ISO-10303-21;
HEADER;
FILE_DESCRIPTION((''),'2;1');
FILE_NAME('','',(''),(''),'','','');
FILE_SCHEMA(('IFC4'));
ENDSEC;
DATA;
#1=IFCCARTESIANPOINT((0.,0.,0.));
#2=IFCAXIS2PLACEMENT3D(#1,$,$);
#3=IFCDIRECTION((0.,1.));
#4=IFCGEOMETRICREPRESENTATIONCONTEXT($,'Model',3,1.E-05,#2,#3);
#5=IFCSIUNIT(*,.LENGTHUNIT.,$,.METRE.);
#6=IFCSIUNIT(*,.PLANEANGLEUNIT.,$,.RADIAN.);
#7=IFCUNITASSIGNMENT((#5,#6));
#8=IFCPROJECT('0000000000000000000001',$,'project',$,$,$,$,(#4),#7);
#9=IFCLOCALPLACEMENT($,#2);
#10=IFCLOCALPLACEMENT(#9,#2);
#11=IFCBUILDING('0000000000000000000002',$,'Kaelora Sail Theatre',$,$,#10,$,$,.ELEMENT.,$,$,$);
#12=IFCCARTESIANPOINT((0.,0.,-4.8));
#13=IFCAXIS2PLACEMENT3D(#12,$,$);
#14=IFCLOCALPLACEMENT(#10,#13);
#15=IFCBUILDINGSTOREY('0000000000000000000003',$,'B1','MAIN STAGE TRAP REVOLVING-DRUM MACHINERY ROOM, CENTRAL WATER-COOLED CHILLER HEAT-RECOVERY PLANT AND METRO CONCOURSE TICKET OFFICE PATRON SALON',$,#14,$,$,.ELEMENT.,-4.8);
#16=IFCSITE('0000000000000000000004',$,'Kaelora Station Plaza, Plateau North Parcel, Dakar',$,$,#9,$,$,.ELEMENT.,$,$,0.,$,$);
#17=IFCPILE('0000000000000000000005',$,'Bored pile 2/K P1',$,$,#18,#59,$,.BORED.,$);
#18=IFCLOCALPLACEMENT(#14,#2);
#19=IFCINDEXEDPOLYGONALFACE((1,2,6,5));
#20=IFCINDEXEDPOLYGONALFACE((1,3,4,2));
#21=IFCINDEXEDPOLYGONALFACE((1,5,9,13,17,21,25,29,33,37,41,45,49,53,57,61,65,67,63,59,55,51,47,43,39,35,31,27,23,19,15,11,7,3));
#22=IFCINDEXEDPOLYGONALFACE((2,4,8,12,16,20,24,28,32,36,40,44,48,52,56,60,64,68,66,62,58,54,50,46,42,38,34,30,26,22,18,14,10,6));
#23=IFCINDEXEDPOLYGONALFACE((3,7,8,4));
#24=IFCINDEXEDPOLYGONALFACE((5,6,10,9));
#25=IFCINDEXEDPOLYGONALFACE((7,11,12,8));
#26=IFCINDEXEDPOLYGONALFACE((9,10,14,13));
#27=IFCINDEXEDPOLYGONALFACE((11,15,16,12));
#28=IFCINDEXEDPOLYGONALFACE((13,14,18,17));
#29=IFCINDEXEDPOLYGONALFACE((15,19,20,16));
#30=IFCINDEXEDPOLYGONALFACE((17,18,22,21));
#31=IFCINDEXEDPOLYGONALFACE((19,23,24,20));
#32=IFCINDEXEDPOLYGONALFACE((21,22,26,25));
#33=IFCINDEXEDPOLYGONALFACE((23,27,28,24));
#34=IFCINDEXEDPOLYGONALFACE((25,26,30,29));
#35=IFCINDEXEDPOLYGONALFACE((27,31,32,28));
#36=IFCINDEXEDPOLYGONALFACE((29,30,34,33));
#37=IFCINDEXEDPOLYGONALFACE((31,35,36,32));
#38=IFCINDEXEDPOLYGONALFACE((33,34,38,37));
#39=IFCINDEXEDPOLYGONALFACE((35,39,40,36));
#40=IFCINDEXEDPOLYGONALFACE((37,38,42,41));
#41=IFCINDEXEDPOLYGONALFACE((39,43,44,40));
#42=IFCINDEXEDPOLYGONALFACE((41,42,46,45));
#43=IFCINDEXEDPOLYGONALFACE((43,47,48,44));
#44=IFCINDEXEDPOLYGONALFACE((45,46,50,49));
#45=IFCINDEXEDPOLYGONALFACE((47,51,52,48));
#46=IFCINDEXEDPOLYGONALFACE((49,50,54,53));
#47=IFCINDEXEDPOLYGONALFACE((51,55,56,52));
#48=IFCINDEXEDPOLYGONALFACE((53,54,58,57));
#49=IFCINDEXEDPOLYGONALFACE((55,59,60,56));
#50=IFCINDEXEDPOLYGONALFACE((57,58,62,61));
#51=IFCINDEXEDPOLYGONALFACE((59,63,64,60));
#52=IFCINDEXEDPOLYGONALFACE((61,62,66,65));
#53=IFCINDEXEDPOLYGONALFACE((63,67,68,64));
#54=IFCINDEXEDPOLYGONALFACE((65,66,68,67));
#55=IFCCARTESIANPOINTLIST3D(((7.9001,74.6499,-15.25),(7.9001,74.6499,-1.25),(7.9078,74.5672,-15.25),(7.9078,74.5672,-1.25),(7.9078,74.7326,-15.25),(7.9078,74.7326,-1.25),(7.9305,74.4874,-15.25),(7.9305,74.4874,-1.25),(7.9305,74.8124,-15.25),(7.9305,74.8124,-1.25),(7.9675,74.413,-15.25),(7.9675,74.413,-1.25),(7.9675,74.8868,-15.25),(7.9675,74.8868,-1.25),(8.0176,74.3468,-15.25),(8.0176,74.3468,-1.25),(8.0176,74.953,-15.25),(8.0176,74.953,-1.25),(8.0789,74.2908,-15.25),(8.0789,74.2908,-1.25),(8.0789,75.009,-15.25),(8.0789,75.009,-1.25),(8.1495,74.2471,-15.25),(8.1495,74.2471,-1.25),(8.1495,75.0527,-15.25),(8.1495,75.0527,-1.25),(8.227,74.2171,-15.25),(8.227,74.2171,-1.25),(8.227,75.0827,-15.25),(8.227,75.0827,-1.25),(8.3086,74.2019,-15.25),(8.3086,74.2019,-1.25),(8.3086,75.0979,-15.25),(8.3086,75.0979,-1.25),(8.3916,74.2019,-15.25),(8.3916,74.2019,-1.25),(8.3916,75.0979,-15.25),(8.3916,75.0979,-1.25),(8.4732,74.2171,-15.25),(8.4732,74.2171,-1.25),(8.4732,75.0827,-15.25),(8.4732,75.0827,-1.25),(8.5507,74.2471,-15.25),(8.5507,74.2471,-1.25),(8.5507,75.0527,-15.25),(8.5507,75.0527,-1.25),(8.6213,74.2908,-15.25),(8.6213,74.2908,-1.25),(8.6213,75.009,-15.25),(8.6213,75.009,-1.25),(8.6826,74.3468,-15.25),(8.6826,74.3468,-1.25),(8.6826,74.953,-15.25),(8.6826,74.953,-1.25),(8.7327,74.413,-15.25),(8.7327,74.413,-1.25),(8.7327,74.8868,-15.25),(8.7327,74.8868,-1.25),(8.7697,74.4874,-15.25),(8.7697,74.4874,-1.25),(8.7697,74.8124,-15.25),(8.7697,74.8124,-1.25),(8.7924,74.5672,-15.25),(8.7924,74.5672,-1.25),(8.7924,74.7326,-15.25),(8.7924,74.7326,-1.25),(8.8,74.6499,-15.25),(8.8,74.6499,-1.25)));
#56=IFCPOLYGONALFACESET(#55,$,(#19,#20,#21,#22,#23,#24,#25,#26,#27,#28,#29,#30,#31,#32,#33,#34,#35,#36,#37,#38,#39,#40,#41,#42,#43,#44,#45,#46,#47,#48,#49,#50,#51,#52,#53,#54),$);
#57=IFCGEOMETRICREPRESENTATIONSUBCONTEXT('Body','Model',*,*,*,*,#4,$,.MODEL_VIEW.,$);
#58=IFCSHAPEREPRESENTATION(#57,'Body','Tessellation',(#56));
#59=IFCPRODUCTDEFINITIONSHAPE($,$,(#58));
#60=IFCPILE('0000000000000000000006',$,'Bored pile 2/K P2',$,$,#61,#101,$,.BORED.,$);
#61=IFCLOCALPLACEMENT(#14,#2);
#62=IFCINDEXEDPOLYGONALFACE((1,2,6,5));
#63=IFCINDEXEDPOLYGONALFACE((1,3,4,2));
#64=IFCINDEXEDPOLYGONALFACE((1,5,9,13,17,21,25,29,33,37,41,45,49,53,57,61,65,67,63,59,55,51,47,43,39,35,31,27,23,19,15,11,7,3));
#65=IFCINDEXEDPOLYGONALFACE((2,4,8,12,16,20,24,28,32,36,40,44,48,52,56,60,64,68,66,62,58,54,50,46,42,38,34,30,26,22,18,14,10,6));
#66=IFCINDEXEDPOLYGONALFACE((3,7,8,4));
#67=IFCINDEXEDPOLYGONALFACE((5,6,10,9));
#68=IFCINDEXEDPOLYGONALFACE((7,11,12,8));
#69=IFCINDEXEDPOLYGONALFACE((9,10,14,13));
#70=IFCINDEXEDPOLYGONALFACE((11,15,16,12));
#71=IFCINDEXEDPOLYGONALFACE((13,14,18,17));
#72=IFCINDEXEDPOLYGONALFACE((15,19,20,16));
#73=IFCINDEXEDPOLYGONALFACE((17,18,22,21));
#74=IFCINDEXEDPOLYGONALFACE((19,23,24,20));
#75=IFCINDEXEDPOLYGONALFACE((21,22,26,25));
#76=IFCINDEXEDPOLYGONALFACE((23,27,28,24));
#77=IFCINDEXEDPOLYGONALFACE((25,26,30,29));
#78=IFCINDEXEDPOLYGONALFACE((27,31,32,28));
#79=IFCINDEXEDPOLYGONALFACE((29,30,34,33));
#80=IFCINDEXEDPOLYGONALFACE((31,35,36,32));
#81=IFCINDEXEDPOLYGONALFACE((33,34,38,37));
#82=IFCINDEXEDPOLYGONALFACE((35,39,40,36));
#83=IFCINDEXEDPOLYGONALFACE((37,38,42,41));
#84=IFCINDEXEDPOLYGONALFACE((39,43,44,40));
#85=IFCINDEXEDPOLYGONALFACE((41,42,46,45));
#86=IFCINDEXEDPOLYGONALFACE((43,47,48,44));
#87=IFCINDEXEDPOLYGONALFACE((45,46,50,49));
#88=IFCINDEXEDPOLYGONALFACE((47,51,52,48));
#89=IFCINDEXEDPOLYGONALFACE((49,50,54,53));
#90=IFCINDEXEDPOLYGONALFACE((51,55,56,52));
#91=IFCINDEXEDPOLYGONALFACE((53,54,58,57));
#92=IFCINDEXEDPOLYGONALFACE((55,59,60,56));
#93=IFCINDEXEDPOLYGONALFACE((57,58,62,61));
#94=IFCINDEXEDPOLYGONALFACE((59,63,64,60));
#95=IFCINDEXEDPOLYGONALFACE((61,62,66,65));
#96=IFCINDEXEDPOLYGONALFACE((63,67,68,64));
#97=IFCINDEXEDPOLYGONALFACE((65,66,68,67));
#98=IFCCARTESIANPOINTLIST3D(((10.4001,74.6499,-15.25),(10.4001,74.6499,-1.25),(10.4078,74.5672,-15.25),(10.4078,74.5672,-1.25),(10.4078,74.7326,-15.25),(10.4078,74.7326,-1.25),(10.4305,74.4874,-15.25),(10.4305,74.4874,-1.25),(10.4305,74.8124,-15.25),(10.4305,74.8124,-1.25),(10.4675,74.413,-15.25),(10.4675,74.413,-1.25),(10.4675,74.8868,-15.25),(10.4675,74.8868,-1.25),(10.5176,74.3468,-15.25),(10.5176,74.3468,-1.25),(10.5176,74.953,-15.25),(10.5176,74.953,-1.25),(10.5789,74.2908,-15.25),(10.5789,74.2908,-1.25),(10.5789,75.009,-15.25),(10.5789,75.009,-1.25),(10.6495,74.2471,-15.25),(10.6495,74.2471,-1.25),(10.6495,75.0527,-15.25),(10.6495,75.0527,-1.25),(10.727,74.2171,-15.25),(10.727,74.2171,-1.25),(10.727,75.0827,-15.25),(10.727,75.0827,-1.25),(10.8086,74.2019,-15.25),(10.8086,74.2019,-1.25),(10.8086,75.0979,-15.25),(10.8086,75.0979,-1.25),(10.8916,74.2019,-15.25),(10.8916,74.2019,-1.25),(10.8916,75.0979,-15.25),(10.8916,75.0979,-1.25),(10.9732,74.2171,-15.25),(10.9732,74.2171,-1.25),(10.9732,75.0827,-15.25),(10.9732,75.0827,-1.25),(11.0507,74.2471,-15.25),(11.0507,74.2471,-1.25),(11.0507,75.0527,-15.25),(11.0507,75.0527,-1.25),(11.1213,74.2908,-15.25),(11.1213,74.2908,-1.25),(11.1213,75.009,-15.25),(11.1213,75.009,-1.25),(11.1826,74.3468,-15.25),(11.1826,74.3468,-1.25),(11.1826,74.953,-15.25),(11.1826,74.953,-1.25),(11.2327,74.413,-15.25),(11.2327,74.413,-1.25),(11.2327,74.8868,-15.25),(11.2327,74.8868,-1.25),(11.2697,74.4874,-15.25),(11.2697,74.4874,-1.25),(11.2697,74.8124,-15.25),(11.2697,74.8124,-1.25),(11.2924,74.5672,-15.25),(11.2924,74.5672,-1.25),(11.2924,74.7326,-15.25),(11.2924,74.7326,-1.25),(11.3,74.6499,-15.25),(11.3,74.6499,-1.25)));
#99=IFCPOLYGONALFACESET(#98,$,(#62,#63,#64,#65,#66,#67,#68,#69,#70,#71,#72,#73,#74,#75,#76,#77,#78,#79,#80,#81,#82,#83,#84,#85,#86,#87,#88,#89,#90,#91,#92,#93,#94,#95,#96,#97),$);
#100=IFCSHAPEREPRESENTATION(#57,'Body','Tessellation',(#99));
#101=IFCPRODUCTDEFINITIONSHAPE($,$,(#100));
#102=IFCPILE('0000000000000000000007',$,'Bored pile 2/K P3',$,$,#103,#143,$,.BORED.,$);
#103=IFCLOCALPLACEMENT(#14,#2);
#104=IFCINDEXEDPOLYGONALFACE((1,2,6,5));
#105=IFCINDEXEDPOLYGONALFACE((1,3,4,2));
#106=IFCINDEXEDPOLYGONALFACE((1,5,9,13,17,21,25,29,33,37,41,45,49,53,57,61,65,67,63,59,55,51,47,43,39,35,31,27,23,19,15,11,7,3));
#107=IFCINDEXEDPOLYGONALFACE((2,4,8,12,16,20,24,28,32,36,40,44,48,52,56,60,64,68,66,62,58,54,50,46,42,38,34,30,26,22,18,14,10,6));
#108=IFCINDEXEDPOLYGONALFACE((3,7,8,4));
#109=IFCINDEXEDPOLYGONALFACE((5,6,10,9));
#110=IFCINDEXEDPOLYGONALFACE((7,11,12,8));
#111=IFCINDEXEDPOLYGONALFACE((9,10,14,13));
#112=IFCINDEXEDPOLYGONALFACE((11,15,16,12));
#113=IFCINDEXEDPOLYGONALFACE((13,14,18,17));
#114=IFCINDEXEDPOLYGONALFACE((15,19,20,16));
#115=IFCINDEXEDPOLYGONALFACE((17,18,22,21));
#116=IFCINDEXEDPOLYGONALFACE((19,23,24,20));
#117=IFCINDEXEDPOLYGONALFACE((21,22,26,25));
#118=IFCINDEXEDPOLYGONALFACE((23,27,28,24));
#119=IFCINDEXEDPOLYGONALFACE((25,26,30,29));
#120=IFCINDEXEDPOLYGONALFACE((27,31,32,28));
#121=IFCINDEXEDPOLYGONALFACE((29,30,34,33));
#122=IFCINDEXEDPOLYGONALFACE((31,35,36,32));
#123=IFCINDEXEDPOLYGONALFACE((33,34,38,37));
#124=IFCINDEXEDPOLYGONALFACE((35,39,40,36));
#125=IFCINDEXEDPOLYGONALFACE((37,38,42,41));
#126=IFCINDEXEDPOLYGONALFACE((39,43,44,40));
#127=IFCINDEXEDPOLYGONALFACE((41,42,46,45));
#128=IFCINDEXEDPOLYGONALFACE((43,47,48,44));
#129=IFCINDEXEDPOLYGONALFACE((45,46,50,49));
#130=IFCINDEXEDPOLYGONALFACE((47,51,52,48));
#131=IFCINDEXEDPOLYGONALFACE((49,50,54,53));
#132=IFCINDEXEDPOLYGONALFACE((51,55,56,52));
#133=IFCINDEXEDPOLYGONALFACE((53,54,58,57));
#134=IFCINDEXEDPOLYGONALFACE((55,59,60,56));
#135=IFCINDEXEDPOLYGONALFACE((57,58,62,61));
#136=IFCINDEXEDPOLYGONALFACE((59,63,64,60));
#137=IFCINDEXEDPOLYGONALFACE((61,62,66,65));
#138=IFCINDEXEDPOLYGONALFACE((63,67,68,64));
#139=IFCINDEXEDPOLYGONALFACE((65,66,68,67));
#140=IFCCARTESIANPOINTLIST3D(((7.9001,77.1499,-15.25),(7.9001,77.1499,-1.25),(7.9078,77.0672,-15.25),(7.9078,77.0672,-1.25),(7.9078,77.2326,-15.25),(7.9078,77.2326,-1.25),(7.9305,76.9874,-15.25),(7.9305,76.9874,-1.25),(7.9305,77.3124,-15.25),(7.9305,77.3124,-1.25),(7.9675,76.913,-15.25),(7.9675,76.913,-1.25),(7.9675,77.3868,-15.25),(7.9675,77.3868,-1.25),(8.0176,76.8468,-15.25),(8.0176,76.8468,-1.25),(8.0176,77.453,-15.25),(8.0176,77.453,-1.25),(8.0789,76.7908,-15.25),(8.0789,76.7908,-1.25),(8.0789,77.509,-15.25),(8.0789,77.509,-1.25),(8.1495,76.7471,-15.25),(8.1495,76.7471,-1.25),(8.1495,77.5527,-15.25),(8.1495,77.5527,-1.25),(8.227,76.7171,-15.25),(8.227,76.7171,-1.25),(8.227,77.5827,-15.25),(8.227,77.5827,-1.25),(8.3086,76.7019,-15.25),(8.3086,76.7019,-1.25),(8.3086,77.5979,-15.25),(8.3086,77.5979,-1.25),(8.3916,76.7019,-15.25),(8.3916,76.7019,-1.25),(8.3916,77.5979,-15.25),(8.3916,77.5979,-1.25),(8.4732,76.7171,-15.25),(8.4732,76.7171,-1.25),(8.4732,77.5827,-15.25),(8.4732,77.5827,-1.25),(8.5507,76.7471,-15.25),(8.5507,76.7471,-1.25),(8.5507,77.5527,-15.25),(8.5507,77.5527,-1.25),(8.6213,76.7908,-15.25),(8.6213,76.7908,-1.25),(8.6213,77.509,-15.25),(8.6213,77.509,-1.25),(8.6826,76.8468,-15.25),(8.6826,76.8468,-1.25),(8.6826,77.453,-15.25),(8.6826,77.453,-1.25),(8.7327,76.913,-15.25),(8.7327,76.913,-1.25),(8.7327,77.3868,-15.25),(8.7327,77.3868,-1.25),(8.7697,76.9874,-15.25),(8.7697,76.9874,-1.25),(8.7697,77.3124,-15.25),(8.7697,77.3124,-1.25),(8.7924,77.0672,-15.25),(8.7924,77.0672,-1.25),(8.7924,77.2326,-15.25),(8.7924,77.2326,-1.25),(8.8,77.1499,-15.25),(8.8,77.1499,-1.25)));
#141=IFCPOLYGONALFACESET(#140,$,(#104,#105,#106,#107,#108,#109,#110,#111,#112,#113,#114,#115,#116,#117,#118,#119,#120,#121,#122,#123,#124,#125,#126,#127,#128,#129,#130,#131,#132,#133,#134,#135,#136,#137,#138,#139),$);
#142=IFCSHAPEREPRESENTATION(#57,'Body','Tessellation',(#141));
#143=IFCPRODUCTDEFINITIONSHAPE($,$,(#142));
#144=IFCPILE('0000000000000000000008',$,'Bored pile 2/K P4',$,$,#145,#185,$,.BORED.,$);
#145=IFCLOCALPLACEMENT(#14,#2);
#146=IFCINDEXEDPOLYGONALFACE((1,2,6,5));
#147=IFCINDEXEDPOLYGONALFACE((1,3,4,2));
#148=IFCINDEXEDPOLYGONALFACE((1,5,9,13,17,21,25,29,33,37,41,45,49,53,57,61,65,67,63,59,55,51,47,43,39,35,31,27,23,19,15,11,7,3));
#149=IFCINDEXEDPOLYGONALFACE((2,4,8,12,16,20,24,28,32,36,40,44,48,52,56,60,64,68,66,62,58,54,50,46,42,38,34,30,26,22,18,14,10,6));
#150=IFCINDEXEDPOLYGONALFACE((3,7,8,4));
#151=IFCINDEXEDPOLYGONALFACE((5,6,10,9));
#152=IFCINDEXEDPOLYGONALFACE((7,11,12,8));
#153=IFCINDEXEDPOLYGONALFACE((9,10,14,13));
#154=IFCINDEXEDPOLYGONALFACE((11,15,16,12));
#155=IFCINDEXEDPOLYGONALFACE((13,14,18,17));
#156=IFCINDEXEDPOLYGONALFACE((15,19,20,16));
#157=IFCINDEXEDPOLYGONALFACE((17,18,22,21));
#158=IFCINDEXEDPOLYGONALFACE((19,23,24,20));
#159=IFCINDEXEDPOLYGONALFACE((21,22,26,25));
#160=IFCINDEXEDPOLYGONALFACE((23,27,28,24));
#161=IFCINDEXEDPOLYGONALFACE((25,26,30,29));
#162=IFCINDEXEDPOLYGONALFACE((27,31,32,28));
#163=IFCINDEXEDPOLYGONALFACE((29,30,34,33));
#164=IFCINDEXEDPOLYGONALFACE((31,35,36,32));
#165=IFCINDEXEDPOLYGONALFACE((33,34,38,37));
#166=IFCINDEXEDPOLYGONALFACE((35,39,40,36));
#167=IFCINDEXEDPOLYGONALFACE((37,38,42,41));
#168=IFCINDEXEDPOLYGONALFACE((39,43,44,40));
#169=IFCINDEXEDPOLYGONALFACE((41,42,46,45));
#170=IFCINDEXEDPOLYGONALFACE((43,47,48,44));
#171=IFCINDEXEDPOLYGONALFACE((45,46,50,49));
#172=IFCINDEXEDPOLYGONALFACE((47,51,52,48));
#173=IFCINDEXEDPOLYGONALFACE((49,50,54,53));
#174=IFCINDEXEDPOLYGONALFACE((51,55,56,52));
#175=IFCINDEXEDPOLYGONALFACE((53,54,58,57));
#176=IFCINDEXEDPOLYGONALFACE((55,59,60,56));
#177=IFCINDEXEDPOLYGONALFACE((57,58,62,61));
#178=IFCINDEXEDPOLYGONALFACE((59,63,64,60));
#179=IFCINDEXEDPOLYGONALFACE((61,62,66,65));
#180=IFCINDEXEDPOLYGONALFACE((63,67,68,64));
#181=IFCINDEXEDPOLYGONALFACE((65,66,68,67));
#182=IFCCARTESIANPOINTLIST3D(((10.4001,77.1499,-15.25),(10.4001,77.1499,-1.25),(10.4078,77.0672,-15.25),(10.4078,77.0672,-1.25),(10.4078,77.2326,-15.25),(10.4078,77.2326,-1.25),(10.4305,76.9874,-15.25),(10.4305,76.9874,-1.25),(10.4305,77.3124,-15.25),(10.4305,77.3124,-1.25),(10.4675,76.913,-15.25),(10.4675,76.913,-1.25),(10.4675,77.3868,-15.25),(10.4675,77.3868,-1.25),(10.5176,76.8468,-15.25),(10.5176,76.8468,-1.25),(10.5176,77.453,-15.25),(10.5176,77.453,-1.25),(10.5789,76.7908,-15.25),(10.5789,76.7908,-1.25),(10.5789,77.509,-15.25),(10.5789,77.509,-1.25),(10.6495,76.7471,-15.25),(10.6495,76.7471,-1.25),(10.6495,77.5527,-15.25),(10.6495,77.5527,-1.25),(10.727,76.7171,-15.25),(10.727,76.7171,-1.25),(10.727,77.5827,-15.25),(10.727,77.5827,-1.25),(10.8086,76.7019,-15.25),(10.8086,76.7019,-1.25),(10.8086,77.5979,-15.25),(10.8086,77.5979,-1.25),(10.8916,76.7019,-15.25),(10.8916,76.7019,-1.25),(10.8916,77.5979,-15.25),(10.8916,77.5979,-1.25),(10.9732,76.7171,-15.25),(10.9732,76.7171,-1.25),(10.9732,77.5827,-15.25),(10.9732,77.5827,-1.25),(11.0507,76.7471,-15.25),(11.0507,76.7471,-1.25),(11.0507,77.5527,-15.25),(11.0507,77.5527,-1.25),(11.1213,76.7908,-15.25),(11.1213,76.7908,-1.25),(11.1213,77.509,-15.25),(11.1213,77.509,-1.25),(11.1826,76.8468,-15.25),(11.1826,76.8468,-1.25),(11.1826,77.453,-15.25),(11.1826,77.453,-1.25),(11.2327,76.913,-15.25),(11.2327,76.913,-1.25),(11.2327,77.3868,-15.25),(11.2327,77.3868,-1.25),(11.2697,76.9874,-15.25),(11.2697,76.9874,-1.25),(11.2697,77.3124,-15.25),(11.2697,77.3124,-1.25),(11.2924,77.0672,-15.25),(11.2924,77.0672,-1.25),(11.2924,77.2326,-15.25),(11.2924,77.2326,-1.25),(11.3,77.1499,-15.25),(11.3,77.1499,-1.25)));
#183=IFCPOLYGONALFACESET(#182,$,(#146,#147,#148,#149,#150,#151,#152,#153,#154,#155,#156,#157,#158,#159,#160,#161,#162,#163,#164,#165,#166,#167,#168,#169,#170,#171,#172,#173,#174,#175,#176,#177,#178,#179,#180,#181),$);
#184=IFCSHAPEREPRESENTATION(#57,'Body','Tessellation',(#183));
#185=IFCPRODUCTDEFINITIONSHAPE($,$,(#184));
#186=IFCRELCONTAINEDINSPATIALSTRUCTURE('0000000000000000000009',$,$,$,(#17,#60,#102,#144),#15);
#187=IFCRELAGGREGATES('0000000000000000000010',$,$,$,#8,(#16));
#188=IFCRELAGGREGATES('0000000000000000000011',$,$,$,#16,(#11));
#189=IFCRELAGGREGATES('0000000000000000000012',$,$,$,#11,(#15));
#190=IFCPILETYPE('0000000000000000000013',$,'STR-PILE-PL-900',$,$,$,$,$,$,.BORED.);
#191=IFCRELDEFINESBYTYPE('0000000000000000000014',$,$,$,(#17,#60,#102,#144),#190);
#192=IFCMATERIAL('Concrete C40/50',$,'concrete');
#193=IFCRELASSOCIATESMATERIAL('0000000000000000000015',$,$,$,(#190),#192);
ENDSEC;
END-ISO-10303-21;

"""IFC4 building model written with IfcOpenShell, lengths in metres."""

from ifc_helpers import new_model, si_unit, direction, frame, origin, origin_2d, place, context, subcontext, project, spatial, circle, extrude, material, material_profile, profile_set, type_object, element, save


model = new_model("IFC4")

# Units and contexts
model_context = context("Model", 3, precision=1e-05, world=origin(), true_north=direction((0.0, 1.0)))
body_context = subcontext(model_context, "Body", "Model", "MODEL_VIEW")
ifc_project = project(units=[si_unit("LENGTHUNIT", "METRE"), si_unit("PLANEANGLEUNIT", "RADIAN")], contexts=[model_context])

# Site, building, storey
site_placement = place(None, origin())
site = spatial("IfcSite", under=ifc_project, at=site_placement, Name="Kaelora Station Plaza, Plateau North Parcel, Dakar", CompositionType="ELEMENT", RefElevation=0.0)
building_placement = place(site_placement, origin())
building = spatial("IfcBuilding", under=site, at=building_placement, Name="Kaelora Sail Theatre", CompositionType="ELEMENT")
storey_placement = place(building_placement, frame((0.0, 0.0, -4.8)))
storey = spatial("IfcBuildingStorey", under=building, at=storey_placement, Name="B1", Description="MAIN STAGE TRAP REVOLVING-DRUM MACHINERY ROOM, CENTRAL WATER-COOLED CHILLER HEAT-RECOVERY PLANT AND METRO CONCOURSE TICKET OFFICE PATRON SALON", CompositionType="ELEMENT", Elevation=-4.8)

# Piles
ifc_material_1 = material(Name="Concrete C40/50", Category="concrete")
ifc_material_profile_1 = material_profile(ifc_material_1, circle(Radius=0.45, at=origin_2d()), Name="PILE D900")
ifc_profile_set_1 = profile_set([ifc_material_profile_1], Name="Concrete C40/50")
pile_type_1 = type_object("IfcPileType", Name="STR-PILE-PL-900", PredefinedType="BORED", material=ifc_profile_set_1)
for number, where, z_axis, x_axis, name in (
    (1, (8.3501, 74.6499, -1.25), (0.0, 0.0, -1.0), (1.0, 0.0, 0.0), "Bored pile 2/K P1"),
    (2, (10.8501, 74.6499, -1.25), (0.0, 0.0, -1.0), (1.0, 0.0, 0.0), "Bored pile 2/K P2"),
    (3, (8.3501, 77.1499, -1.25), (0.0, 0.0, -1.0), (1.0, 0.0, 0.0), "Bored pile 2/K P3"),
    (4, (10.8501, 77.1499, -1.25), (0.0, 0.0, -1.0), (1.0, 0.0, 0.0), "Bored pile 2/K P4"),
):
    element("IfcPile", number, at=place(storey_placement, frame(where, z_axis=z_axis, x_axis=x_axis)), inside=storey, type_object=pile_type_1, Name=name, PredefinedType="BORED", context=body_context, shape_type="SweptSolid", body=[
        extrude(circle(Radius=0.45, at=origin_2d()), origin(), (0.0, 0.0, 1.0), 14.0),
    ])

save(model, "model.ifc")
